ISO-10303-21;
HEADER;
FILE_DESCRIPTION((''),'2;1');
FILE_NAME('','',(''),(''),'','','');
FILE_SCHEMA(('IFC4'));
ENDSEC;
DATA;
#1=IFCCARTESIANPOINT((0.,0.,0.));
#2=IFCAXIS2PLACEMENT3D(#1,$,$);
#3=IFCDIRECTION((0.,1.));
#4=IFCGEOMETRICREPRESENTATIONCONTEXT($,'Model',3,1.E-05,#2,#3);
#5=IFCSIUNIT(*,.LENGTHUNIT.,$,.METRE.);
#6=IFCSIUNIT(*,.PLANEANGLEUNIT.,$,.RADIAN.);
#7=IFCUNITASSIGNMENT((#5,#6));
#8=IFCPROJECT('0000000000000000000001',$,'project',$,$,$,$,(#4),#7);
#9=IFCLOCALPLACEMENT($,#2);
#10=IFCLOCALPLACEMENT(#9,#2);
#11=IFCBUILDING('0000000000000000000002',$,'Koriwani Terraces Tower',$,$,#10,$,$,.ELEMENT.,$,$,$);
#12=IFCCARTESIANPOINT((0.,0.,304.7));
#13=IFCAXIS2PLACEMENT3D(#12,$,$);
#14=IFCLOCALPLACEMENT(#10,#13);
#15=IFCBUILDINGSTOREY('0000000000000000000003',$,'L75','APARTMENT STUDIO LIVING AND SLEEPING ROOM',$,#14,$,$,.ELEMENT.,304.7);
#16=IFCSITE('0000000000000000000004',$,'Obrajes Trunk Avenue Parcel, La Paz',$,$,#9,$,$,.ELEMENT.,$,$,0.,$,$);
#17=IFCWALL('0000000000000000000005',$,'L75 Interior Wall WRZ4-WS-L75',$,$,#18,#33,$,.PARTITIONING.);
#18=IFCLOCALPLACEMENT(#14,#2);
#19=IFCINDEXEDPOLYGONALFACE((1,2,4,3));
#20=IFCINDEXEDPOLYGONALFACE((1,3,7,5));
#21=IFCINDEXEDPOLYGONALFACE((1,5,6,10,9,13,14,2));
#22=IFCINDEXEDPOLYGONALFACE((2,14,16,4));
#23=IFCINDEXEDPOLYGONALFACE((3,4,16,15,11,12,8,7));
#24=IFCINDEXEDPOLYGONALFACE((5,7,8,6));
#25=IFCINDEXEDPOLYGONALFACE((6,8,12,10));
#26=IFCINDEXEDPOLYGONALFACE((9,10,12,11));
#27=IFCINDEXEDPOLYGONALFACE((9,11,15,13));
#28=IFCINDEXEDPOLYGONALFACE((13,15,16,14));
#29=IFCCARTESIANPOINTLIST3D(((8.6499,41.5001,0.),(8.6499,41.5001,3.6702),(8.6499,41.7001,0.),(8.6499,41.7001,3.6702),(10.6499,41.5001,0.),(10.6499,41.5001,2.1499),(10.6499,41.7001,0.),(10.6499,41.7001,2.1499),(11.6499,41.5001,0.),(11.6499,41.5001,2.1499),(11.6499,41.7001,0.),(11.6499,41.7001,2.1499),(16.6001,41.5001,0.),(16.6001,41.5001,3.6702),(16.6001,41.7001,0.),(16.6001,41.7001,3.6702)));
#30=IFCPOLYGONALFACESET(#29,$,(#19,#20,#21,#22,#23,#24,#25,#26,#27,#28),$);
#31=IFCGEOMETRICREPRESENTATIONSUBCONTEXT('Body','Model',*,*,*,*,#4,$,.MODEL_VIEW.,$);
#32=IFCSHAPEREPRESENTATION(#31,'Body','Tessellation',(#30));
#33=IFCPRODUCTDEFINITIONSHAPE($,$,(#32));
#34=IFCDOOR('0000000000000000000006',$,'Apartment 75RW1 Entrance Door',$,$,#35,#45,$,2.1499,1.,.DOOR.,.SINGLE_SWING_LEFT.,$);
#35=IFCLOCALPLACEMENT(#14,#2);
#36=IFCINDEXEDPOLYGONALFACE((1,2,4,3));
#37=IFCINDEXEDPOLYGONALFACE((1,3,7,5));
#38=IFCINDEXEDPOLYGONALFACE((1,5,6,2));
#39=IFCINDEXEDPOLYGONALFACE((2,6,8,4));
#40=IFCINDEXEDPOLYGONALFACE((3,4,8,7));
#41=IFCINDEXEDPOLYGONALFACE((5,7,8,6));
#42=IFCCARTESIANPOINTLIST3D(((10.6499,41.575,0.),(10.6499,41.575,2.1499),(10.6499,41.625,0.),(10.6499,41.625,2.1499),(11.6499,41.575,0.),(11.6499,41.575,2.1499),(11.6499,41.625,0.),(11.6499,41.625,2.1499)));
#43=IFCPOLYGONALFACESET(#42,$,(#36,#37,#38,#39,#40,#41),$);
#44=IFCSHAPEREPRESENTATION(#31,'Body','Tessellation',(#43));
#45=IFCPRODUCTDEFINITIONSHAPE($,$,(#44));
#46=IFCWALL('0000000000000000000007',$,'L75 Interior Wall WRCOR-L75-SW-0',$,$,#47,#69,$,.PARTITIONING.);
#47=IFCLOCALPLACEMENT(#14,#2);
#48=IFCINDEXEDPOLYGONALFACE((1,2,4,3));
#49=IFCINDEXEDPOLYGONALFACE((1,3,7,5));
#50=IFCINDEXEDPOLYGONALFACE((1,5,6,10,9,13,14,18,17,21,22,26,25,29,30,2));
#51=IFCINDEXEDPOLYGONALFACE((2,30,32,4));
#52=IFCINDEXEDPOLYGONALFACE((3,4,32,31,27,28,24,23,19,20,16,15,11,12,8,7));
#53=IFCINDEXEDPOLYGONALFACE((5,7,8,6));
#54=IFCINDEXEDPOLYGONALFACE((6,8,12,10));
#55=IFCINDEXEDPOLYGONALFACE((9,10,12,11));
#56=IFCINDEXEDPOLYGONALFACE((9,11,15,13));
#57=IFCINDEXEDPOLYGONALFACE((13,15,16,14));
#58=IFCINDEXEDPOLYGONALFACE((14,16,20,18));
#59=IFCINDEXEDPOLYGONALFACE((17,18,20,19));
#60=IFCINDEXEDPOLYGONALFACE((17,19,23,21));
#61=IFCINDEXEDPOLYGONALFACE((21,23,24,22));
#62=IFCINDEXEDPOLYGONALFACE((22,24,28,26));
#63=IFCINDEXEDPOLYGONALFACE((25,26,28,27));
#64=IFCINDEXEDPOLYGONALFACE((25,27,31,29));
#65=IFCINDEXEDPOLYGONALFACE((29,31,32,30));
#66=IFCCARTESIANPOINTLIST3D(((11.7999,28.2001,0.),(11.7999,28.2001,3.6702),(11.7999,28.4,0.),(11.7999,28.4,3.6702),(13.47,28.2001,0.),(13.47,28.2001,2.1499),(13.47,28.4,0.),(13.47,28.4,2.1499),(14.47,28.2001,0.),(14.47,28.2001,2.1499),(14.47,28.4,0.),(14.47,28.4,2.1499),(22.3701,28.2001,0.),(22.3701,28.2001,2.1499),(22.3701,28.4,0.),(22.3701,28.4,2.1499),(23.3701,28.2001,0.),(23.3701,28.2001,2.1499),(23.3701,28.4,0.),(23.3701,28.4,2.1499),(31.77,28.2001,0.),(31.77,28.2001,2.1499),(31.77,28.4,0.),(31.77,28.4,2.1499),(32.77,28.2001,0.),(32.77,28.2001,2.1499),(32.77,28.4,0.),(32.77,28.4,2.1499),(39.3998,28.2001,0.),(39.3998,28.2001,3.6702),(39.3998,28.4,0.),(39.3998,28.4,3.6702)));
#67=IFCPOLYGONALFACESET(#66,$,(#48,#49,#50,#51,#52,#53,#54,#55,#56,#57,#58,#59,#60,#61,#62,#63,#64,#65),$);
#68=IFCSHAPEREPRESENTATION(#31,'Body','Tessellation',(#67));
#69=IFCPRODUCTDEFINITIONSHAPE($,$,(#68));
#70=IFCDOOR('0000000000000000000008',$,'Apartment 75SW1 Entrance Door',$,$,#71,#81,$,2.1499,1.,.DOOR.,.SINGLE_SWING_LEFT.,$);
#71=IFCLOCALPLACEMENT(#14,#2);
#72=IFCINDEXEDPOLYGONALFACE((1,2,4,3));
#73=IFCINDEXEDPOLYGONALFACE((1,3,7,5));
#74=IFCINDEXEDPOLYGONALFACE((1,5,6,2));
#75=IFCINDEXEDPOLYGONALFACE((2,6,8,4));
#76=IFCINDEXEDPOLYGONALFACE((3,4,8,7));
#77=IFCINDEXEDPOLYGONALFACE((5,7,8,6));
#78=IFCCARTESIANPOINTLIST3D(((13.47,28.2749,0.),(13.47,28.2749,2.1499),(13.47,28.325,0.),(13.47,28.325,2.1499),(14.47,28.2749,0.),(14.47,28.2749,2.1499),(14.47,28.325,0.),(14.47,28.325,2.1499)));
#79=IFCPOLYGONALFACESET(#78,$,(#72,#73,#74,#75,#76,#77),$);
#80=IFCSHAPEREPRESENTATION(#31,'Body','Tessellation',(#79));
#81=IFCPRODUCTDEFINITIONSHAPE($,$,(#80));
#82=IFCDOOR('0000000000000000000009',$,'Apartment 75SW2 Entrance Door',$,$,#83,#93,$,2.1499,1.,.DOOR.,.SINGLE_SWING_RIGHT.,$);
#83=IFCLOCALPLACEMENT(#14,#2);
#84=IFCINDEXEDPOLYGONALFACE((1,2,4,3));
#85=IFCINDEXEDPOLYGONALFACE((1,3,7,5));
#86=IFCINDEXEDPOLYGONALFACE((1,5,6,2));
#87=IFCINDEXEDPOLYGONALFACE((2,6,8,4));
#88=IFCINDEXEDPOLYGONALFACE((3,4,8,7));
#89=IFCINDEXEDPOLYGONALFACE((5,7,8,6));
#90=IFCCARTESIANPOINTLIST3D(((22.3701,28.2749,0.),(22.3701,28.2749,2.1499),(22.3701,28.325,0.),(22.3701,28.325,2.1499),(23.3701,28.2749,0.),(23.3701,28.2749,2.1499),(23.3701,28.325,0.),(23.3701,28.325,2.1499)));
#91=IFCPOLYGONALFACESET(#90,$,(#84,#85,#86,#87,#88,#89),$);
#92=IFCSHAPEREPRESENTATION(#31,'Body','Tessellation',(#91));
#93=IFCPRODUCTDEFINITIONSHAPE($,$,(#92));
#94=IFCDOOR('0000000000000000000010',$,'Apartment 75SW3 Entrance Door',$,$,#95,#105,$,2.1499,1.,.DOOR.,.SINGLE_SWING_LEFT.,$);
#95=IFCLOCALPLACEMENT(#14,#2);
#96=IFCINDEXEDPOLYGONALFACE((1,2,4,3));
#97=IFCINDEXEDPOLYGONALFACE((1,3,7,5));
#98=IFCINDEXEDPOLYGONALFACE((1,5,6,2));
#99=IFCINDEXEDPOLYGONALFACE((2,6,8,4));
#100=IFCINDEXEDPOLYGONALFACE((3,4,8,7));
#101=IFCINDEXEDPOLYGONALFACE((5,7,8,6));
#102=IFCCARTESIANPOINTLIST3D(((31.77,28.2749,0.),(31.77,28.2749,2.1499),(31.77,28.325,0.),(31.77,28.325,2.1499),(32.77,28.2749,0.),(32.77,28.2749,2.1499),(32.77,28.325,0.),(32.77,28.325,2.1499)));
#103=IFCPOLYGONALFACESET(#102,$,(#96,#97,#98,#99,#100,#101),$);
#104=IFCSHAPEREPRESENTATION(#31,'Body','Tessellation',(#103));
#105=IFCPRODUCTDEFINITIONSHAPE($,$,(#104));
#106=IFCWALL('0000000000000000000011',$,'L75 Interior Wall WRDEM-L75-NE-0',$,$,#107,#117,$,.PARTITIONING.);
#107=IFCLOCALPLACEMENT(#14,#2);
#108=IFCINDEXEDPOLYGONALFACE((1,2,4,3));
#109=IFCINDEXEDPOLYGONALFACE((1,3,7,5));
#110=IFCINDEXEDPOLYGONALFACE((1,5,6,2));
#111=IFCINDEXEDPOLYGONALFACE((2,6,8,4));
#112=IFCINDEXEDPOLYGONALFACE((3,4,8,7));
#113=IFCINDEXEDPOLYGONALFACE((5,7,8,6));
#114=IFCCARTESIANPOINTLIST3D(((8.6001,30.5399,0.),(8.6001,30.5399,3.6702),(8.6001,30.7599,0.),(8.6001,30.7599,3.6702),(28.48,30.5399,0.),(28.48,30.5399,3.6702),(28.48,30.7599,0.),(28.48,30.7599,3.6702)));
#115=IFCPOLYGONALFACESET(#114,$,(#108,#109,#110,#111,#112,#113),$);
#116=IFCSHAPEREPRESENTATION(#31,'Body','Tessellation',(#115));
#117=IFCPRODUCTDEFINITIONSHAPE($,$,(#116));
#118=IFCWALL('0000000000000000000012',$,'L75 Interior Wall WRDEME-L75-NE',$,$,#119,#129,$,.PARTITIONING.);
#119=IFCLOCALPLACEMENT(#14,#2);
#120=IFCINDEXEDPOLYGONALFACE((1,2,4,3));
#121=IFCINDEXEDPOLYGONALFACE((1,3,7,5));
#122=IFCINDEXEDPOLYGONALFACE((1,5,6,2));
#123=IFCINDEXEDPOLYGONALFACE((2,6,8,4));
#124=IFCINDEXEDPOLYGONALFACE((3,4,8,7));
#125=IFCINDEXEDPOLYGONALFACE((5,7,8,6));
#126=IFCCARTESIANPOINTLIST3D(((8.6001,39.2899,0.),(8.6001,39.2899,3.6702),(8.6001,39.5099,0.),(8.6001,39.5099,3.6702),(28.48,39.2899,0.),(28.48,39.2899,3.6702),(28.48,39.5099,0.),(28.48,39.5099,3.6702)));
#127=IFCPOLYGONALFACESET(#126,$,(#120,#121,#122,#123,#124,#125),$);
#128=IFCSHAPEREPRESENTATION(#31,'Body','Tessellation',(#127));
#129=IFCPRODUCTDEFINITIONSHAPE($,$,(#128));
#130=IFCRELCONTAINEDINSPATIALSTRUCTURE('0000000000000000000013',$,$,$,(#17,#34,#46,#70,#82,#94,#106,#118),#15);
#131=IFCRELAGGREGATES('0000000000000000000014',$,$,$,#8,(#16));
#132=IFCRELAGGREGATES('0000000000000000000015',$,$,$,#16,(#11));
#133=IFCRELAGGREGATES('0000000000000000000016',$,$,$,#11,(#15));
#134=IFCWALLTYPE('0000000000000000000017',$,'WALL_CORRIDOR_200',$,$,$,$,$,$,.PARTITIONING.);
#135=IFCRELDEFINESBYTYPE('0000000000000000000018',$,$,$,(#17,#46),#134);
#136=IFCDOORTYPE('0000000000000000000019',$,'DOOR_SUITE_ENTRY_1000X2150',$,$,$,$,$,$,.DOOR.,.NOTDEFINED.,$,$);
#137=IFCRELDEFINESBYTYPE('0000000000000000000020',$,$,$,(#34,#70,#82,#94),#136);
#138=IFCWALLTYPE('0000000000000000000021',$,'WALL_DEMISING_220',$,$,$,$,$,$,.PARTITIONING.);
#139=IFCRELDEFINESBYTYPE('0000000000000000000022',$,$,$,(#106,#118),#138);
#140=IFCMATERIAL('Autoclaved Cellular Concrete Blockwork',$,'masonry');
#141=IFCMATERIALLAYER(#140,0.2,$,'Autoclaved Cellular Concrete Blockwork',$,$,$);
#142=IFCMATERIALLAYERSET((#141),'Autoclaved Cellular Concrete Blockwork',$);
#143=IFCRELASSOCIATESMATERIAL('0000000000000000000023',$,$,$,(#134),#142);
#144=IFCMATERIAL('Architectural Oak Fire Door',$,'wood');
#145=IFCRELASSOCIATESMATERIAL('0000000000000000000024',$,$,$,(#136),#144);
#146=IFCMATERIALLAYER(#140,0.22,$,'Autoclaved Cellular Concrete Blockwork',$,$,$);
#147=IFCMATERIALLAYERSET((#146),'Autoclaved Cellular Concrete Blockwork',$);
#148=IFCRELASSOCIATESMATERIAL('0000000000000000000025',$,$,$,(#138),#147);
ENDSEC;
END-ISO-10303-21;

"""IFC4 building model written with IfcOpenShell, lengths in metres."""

from ifc_helpers import new_model, si_unit, direction, frame, frame_2d, origin, place, context, subcontext, project, spatial, rectangle, extrude, material, layer, layer_set, type_object, element, fill, save


model = new_model("IFC4")

# Units and contexts
model_context = context("Model", 3, precision=1e-05, world=origin(), true_north=direction((0.0, 1.0)))
body_context = subcontext(model_context, "Body", "Model", "MODEL_VIEW")
ifc_project = project(units=[si_unit("LENGTHUNIT", "METRE"), si_unit("PLANEANGLEUNIT", "RADIAN")], contexts=[model_context])

# Site, building, storey
site_placement = place(None, origin())
site = spatial("IfcSite", under=ifc_project, at=site_placement, Name="Obrajes Trunk Avenue Parcel, La Paz", CompositionType="ELEMENT", RefElevation=0.0)
building_placement = place(site_placement, origin())
building = spatial("IfcBuilding", under=site, at=building_placement, Name="Koriwani Terraces Tower", CompositionType="ELEMENT")
storey_placement = place(building_placement, frame((0.0, 0.0, 304.7)))
storey = spatial("IfcBuildingStorey", under=building, at=storey_placement, Name="L75", Description="APARTMENT STUDIO LIVING AND SLEEPING ROOM", CompositionType="ELEMENT", Elevation=304.7)

# Wall, opening, door
ifc_material_1 = material(Name="Autoclaved Cellular Concrete Blockwork", Category="masonry")
ifc_layer_1 = layer(ifc_material_1, 0.2, Name="Autoclaved Cellular Concrete Blockwork")
ifc_layer_set_1 = layer_set([ifc_layer_1], Name="Autoclaved Cellular Concrete Blockwork")
wall_type_1 = type_object("IfcWallType", Name="WALL_CORRIDOR_200", PredefinedType="PARTITIONING", material=ifc_layer_set_1)
wall_1_placement = place(storey_placement, frame((8.6499, 41.6001, 0.0), z_axis=(0.0, 0.0, 1.0), x_axis=(1.0, 0.0, 0.0)))
wall_1 = element("IfcWall", 1, at=wall_1_placement, inside=storey, type_object=wall_type_1, Name="L75 Interior Wall WRZ4-WS-L75", PredefinedType="PARTITIONING", context=body_context, shape_type="SweptSolid", body=[
    extrude(rectangle(XDim=7.9502, YDim=0.2, at=frame_2d((3.9751, 0.0))), origin(), (0.0, 0.0, 1.0), 3.6702),
])
opening_1_placement = place(wall_1_placement, frame((2.0, 0.0, 0.0)))
opening_1 = element("IfcOpeningElement", 2, at=opening_1_placement, cuts=wall_1, PredefinedType="OPENING", context=body_context, shape_type="SweptSolid", body=[
    extrude(rectangle(XDim=1.0, YDim=2.1499, at=frame_2d((0.5, 1.075))), frame((0.0, 0.1099, 0.0), z_axis=(0.0, -1.0, 0.0), x_axis=(1.0, 0.0, 0.0)), (0.0, 0.0, 1.0), 0.22),
])
ifc_material_2 = material(Name="Architectural Oak Fire Door", Category="wood")
door_type_1 = type_object("IfcDoorType", Name="DOOR_SUITE_ENTRY_1000X2150", OperationType="NOTDEFINED", PredefinedType="DOOR", material=ifc_material_2)
door_1_placement = place(opening_1_placement, origin())
door_1 = element("IfcDoor", 3, at=door_1_placement, inside=storey, type_object=door_type_1, Name="Apartment 75RW1 Entrance Door", OperationType="SINGLE_SWING_LEFT", OverallHeight=2.1499, OverallWidth=1.0, PredefinedType="DOOR", context=body_context, shape_type="SweptSolid", body=[
    extrude(rectangle(XDim=1.0, YDim=2.1499, at=frame_2d((0.5, 1.075))), frame((0.0, 0.0249, 0.0), z_axis=(0.0, -1.0, 0.0), x_axis=(1.0, 0.0, 0.0)), (0.0, 0.0, 1.0), 0.05),
])
fill(opening_1, door_1)

# Wall, openings, doors
wall_2_placement = place(storey_placement, frame((11.8, 28.3, 0.0), z_axis=(0.0, 0.0, 1.0), x_axis=(1.0, 0.0, 0.0)))
wall_2 = element("IfcWall", 4, at=wall_2_placement, inside=storey, type_object=wall_type_1, Name="L75 Interior Wall WRCOR-L75-SW-0", PredefinedType="PARTITIONING", context=body_context, shape_type="SweptSolid", body=[
    extrude(rectangle(XDim=27.5999, YDim=0.2, at=frame_2d((13.7998, 0.0))), origin(), (0.0, 0.0, 1.0), 3.6702),
])
opening_2_placement = place(wall_2_placement, frame((1.6699, 0.0, 0.0)))
opening_2 = element("IfcOpeningElement", 5, at=opening_2_placement, cuts=wall_2, PredefinedType="OPENING", context=body_context, shape_type="SweptSolid", body=[
    extrude(rectangle(XDim=1.0, YDim=2.1499, at=frame_2d((0.5, 1.075))), frame((0.0, 0.1099, 0.0), z_axis=(0.0, -1.0, 0.0), x_axis=(1.0, 0.0, 0.0)), (0.0, 0.0, 1.0), 0.22),
])
opening_3_placement = place(wall_2_placement, frame((10.5701, 0.0, 0.0)))
opening_3 = element("IfcOpeningElement", 6, at=opening_3_placement, cuts=wall_2, PredefinedType="OPENING", context=body_context, shape_type="SweptSolid", body=[
    extrude(rectangle(XDim=1.0, YDim=2.1499, at=frame_2d((0.5, 1.075))), frame((0.0, 0.1099, 0.0), z_axis=(0.0, -1.0, 0.0), x_axis=(1.0, 0.0, 0.0)), (0.0, 0.0, 1.0), 0.22),
])
opening_4_placement = place(wall_2_placement, frame((19.97, 0.0, 0.0)))
opening_4 = element("IfcOpeningElement", 7, at=opening_4_placement, cuts=wall_2, PredefinedType="OPENING", context=body_context, shape_type="SweptSolid", body=[
    extrude(rectangle(XDim=1.0, YDim=2.1499, at=frame_2d((0.5, 1.075))), frame((0.0, 0.1099, 0.0), z_axis=(0.0, -1.0, 0.0), x_axis=(1.0, 0.0, 0.0)), (0.0, 0.0, 1.0), 0.22),
])
door_2_placement = place(opening_2_placement, origin())
door_2 = element("IfcDoor", 8, at=door_2_placement, inside=storey, type_object=door_type_1, Name="Apartment 75SW1 Entrance Door", OperationType="SINGLE_SWING_LEFT", OverallHeight=2.1499, OverallWidth=1.0, PredefinedType="DOOR", context=body_context, shape_type="SweptSolid", body=[
    extrude(rectangle(XDim=1.0, YDim=2.1499, at=frame_2d((0.5, 1.075))), frame((0.0, 0.0249, 0.0), z_axis=(0.0, -1.0, 0.0), x_axis=(1.0, 0.0, 0.0)), (0.0, 0.0, 1.0), 0.05),
])
fill(opening_2, door_2)
door_3_placement = place(opening_3_placement, origin())
door_3 = element("IfcDoor", 9, at=door_3_placement, inside=storey, type_object=door_type_1, Name="Apartment 75SW2 Entrance Door", OperationType="SINGLE_SWING_RIGHT", OverallHeight=2.1499, OverallWidth=1.0, PredefinedType="DOOR", context=body_context, shape_type="SweptSolid", body=[
    extrude(rectangle(XDim=1.0, YDim=2.1499, at=frame_2d((0.5, 1.075))), frame((0.0, 0.0249, 0.0), z_axis=(0.0, -1.0, 0.0), x_axis=(1.0, 0.0, 0.0)), (0.0, 0.0, 1.0), 0.05),
])
fill(opening_3, door_3)
door_4_placement = place(opening_4_placement, origin())
door_4 = element("IfcDoor", 10, at=door_4_placement, inside=storey, type_object=door_type_1, Name="Apartment 75SW3 Entrance Door", OperationType="SINGLE_SWING_LEFT", OverallHeight=2.1499, OverallWidth=1.0, PredefinedType="DOOR", context=body_context, shape_type="SweptSolid", body=[
    extrude(rectangle(XDim=1.0, YDim=2.1499, at=frame_2d((0.5, 1.075))), frame((0.0, 0.0249, 0.0), z_axis=(0.0, -1.0, 0.0), x_axis=(1.0, 0.0, 0.0)), (0.0, 0.0, 1.0), 0.05),
])
fill(opening_4, door_4)

# Walls
ifc_layer_2 = layer(ifc_material_1, 0.22, Name="Autoclaved Cellular Concrete Blockwork")
ifc_layer_set_2 = layer_set([ifc_layer_2], Name="Autoclaved Cellular Concrete Blockwork")
wall_type_2 = type_object("IfcWallType", Name="WALL_DEMISING_220", PredefinedType="PARTITIONING", material=ifc_layer_set_2)
for number, where, z_axis, x_axis, name in (
    (11, (8.6001, 30.6499, 0.0), (0.0, 0.0, 1.0), (1.0, 0.0, 0.0), "L75 Interior Wall WRDEM-L75-NE-0"),
    (12, (8.6001, 39.3999, 0.0), (0.0, 0.0, 1.0), (1.0, 0.0, 0.0), "L75 Interior Wall WRDEME-L75-NE"),
):
    element("IfcWall", number, at=place(storey_placement, frame(where, z_axis=z_axis, x_axis=x_axis)), inside=storey, type_object=wall_type_2, Name=name, PredefinedType="PARTITIONING", context=body_context, shape_type="SweptSolid", body=[
        extrude(rectangle(XDim=19.8799, YDim=0.22, at=frame_2d((9.9399, 0.0))), origin(), (0.0, 0.0, 1.0), 3.6702),
    ])

save(model, "model.ifc")
